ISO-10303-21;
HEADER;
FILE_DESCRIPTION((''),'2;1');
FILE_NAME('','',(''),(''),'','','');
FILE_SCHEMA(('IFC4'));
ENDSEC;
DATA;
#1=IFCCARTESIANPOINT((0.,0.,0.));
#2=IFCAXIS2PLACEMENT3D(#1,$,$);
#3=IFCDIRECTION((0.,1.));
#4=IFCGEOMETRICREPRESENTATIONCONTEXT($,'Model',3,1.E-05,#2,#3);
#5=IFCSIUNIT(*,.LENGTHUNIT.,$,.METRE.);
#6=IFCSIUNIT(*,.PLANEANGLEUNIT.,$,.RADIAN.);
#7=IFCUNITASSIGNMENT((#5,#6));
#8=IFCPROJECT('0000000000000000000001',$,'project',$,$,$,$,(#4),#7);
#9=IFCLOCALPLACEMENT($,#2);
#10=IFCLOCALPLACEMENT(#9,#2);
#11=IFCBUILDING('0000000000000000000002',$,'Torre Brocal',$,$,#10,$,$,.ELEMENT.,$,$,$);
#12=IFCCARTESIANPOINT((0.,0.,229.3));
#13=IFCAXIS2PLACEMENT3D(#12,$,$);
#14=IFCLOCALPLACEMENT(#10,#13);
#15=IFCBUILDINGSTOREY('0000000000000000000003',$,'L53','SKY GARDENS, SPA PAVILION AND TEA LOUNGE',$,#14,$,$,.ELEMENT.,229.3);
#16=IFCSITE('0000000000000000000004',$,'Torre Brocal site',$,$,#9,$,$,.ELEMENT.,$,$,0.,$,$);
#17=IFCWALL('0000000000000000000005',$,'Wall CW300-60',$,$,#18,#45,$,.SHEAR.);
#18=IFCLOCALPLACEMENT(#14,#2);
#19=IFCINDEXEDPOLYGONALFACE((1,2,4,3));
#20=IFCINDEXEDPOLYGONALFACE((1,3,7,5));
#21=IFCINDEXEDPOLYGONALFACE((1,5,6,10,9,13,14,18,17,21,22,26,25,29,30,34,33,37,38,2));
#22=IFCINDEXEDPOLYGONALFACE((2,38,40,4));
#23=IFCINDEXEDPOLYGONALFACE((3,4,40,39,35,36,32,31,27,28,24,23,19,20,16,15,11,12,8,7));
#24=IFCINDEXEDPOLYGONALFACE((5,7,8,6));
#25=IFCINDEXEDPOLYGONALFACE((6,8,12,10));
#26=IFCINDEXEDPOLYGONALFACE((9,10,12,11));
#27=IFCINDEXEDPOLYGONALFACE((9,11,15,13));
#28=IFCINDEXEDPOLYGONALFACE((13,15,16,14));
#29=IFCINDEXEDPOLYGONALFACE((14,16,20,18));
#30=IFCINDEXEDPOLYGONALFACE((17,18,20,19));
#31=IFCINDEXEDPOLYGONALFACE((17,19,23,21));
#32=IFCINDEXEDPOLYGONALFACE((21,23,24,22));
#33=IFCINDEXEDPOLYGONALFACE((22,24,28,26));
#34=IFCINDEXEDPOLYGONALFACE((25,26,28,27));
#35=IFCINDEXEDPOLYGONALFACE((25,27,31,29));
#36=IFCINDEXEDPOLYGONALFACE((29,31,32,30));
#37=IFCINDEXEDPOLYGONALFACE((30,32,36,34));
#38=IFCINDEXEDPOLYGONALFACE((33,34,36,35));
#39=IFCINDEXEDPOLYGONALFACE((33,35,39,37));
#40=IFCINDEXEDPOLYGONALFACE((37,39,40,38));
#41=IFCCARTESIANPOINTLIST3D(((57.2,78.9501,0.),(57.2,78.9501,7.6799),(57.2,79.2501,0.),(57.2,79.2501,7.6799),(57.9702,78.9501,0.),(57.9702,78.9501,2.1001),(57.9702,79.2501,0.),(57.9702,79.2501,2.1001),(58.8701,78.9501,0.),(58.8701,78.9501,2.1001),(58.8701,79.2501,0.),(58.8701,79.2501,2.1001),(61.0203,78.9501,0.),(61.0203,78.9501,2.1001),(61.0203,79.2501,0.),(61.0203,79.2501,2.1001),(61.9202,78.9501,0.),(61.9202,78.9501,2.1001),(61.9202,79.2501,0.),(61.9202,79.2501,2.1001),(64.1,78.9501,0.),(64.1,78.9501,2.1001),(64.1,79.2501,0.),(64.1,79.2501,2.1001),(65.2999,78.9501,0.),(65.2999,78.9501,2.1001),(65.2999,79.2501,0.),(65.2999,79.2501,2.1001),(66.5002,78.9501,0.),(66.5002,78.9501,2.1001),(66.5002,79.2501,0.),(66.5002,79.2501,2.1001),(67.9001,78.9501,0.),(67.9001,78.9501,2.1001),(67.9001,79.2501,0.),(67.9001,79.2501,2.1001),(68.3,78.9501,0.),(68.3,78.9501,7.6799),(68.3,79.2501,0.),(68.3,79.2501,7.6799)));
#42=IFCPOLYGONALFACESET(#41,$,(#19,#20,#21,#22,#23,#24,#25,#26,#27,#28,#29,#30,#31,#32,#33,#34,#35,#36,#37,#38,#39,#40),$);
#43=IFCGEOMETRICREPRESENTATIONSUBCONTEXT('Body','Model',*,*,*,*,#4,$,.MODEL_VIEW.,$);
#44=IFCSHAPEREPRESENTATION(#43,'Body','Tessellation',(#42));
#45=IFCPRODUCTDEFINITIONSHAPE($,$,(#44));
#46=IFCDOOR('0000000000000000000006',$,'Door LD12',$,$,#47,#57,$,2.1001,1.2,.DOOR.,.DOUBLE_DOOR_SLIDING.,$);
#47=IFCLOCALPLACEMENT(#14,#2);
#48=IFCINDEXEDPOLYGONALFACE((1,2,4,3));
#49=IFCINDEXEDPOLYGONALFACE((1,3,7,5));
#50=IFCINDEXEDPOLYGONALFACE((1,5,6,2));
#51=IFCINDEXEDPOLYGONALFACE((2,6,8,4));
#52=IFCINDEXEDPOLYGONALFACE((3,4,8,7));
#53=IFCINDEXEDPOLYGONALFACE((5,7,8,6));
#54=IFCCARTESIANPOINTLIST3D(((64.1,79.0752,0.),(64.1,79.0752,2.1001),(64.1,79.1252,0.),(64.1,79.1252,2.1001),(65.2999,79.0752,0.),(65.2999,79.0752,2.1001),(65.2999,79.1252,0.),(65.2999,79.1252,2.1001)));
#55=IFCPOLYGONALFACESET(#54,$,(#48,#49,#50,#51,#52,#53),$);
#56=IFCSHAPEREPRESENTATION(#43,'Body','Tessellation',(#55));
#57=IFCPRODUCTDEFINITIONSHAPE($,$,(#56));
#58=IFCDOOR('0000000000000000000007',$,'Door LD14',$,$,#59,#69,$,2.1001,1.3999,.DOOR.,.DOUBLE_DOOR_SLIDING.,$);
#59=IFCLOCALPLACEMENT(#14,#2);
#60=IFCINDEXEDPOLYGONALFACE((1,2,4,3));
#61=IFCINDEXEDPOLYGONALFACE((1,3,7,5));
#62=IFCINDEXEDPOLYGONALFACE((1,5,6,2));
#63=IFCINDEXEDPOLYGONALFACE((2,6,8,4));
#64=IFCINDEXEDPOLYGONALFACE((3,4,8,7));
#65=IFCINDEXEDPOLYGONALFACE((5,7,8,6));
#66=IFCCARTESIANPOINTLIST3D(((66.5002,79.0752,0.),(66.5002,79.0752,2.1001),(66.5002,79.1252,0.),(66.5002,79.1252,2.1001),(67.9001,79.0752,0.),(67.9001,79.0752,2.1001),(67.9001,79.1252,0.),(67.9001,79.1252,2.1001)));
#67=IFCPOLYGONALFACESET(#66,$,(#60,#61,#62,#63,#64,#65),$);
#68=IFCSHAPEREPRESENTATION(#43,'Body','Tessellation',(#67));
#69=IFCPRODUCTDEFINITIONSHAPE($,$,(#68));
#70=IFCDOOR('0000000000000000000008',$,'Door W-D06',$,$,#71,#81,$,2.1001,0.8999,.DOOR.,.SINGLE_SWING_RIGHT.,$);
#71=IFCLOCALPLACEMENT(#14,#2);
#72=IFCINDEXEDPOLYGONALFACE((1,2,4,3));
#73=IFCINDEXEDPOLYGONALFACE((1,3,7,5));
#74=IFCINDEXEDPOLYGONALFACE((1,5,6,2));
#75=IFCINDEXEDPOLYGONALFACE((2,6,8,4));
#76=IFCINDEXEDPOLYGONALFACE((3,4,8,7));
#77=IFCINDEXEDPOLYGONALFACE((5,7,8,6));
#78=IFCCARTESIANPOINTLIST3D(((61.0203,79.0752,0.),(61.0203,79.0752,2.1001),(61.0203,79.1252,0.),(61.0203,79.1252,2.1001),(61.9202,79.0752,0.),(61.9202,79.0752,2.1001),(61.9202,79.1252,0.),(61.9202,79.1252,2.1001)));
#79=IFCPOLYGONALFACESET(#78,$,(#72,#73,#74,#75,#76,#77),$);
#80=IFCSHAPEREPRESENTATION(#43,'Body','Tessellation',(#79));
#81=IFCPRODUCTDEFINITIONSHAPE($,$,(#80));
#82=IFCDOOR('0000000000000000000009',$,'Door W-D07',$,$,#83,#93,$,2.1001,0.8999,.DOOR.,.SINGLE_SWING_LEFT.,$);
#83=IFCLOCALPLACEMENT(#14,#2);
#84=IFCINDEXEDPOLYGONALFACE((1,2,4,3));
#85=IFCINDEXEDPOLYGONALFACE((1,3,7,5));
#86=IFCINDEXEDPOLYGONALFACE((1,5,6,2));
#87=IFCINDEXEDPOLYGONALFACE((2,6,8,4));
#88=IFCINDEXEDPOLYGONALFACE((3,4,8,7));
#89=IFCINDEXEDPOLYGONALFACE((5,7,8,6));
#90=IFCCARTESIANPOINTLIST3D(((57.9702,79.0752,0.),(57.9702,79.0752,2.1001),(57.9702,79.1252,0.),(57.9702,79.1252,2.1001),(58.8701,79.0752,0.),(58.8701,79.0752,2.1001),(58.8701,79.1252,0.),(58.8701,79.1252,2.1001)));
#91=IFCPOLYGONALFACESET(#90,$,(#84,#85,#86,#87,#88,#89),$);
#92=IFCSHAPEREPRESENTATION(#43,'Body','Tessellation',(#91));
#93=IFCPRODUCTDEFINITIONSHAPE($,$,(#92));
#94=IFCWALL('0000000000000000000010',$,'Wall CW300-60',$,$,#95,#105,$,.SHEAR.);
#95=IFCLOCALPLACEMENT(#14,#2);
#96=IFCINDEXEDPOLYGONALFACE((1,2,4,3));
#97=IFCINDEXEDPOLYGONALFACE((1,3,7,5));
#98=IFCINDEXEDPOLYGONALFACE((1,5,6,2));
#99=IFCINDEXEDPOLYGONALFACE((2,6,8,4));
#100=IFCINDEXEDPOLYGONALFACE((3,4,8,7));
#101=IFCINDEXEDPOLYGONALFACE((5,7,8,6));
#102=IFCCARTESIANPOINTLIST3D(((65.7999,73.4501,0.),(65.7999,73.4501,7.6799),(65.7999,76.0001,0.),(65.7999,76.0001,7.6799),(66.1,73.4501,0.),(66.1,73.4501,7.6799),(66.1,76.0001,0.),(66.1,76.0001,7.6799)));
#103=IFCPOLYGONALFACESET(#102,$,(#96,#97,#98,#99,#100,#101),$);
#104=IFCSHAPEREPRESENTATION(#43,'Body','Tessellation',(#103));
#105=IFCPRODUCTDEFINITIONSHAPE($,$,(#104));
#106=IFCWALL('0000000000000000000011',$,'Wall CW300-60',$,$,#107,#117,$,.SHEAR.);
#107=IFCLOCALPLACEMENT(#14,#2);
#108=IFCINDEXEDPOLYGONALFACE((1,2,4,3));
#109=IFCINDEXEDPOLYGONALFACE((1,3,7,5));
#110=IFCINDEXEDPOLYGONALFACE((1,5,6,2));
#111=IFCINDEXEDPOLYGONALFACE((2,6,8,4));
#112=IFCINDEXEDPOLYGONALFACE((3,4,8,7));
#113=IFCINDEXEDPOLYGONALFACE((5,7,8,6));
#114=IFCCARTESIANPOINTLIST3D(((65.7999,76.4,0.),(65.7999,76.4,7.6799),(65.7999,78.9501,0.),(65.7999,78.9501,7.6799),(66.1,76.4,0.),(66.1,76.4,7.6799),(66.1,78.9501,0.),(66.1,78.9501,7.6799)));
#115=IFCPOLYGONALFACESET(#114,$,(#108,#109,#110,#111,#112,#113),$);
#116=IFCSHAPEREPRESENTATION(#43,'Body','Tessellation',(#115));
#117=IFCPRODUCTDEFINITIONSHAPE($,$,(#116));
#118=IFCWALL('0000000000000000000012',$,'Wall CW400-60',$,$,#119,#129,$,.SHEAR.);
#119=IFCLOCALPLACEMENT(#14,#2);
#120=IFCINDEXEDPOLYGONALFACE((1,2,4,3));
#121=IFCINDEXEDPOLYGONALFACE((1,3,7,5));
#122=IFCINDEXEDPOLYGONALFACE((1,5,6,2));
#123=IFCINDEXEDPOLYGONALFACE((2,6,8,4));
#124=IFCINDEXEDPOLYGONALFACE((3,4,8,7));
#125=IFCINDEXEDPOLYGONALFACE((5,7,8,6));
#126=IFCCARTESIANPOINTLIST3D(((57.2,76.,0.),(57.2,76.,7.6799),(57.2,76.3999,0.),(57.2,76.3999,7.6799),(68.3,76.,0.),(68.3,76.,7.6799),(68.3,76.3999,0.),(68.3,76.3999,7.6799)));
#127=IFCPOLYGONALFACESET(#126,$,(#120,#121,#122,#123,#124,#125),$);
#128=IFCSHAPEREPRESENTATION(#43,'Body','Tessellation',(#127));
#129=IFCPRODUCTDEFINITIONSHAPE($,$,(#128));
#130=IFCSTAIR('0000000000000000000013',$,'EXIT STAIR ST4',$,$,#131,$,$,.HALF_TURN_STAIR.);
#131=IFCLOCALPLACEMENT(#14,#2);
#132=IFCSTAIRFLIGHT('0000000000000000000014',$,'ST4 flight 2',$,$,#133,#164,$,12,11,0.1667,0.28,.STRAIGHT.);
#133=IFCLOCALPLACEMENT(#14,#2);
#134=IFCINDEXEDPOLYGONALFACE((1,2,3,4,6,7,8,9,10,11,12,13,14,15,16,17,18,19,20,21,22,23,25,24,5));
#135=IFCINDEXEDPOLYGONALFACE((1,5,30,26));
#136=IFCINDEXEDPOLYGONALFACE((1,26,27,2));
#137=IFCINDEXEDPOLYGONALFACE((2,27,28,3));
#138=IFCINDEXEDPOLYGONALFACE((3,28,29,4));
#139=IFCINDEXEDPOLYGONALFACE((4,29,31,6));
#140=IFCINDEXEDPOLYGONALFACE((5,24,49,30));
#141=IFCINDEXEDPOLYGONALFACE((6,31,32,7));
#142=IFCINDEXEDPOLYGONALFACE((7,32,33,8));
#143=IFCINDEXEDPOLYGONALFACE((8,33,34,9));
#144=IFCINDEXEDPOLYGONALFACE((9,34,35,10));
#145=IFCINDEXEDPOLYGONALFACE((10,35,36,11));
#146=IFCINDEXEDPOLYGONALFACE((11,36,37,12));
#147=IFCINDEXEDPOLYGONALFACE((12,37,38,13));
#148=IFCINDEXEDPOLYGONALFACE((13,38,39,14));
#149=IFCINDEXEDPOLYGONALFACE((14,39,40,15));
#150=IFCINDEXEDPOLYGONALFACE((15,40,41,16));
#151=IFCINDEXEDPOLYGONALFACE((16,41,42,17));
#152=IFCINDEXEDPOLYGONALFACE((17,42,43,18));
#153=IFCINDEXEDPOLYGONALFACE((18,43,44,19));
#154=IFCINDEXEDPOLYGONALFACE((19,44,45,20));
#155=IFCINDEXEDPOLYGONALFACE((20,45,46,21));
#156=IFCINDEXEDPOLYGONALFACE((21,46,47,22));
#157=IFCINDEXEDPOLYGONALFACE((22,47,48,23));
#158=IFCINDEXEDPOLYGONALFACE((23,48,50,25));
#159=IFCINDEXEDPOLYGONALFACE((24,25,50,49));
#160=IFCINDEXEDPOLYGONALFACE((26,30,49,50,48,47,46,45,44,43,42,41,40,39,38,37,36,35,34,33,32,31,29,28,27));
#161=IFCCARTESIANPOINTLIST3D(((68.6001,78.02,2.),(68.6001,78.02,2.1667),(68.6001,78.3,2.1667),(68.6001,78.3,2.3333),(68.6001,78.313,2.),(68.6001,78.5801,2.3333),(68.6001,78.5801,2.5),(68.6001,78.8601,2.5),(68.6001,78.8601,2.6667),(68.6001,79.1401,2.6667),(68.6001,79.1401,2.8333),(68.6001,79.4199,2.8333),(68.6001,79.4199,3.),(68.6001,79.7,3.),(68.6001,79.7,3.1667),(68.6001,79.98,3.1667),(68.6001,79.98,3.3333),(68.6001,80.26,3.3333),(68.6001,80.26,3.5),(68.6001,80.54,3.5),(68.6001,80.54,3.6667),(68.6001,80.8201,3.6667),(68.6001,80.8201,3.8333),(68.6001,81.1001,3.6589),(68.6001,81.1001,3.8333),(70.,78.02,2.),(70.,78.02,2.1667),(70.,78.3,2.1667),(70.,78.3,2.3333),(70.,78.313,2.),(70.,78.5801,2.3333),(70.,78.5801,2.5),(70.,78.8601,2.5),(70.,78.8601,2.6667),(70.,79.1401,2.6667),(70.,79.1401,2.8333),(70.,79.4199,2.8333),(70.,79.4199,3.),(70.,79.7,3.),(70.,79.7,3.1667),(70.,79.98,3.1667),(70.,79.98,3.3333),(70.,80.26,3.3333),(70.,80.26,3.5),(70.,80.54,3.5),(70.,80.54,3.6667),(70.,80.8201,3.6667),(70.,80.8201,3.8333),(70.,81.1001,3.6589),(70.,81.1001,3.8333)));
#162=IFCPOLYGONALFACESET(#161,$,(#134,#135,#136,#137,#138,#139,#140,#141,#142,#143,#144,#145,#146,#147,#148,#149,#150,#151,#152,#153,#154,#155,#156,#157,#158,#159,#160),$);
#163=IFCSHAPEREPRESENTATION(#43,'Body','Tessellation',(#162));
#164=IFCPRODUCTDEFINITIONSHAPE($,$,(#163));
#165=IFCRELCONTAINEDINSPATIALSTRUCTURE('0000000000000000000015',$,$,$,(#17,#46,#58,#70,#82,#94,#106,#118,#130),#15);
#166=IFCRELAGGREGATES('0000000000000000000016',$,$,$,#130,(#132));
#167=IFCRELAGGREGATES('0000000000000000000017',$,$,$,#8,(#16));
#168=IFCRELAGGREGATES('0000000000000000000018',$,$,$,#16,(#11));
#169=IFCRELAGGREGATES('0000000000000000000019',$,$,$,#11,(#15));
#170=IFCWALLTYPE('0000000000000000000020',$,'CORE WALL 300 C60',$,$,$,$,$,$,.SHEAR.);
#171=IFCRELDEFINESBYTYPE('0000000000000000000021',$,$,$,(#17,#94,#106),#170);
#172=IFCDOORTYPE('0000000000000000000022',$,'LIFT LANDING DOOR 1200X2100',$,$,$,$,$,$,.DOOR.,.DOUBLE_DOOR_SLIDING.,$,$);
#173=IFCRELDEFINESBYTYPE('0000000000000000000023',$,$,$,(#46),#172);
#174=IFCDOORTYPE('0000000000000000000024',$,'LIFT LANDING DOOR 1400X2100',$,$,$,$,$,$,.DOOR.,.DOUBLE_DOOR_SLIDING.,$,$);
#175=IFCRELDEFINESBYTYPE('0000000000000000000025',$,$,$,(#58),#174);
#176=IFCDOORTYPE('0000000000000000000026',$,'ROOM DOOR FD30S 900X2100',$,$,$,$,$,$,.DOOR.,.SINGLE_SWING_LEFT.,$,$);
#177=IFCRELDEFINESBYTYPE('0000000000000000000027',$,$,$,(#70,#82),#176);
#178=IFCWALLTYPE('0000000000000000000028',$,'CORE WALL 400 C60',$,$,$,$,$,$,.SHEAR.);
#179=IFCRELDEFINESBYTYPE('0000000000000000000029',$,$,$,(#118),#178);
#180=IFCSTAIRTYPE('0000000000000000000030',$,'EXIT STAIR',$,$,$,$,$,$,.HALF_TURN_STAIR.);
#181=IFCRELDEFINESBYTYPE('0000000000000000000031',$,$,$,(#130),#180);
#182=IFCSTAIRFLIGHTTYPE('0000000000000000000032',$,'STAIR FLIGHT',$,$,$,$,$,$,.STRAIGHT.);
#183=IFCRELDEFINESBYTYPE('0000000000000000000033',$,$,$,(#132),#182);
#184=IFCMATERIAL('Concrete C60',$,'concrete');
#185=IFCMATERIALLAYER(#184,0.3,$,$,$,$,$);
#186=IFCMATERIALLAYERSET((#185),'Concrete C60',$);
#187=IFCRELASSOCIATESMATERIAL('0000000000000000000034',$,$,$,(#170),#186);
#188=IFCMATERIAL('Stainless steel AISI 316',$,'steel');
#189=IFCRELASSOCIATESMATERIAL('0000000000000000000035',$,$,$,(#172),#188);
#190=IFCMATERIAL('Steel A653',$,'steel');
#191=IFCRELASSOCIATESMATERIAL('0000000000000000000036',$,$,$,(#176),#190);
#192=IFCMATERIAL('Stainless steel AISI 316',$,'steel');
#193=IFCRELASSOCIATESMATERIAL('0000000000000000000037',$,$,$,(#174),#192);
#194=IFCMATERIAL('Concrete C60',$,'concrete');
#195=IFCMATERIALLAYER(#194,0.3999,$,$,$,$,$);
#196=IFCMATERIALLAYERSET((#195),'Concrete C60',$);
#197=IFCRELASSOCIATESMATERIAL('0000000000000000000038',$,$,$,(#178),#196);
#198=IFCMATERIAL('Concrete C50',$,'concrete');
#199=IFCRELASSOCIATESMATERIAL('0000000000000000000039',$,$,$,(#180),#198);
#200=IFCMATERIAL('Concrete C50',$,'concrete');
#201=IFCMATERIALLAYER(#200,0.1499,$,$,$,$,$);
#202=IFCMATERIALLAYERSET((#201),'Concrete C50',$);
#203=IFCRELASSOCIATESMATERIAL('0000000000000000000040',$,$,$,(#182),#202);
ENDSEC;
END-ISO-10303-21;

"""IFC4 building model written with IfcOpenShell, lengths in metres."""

from ifc_helpers import new_model, si_unit, direction, frame, frame_2d, origin, place, context, subcontext, project, spatial, polyline, rectangle, outline, extrude, material, layer, layer_set, type_object, element, fill, aggregate, save


model = new_model("IFC4")

# Units and contexts
model_context = context("Model", 3, precision=1e-05, world=origin(), true_north=direction((0.0, 1.0)))
body_context = subcontext(model_context, "Body", "Model", "MODEL_VIEW")
ifc_project = project(units=[si_unit("LENGTHUNIT", "METRE"), si_unit("PLANEANGLEUNIT", "RADIAN")], contexts=[model_context])

# Site, building, storey
site_placement = place(None, origin())
site = spatial("IfcSite", under=ifc_project, at=site_placement, Name="Torre Brocal site", CompositionType="ELEMENT", RefElevation=0.0)
building_placement = place(site_placement, origin())
building = spatial("IfcBuilding", under=site, at=building_placement, Name="Torre Brocal", CompositionType="ELEMENT")
storey_placement = place(building_placement, frame((0.0, 0.0, 229.3)))
storey = spatial("IfcBuildingStorey", under=building, at=storey_placement, Name="L53", Description="SKY GARDENS, SPA PAVILION AND TEA LOUNGE", CompositionType="ELEMENT", Elevation=229.3)

# Shared definitions
ifc_material_1 = material(Name="Concrete C60", Category="concrete")
ifc_layer_1 = layer(ifc_material_1, 0.3)
ifc_layer_set_1 = layer_set([ifc_layer_1], Name="Concrete C60")
wall_type_1 = type_object("IfcWallType", Name="CORE WALL 300 C60", PredefinedType="SHEAR", material=ifc_layer_set_1)

# Wall, openings, doors
ifc_material_2 = material(Name="Stainless steel AISI 316", Category="steel")
door_type_1 = type_object("IfcDoorType", Name="LIFT LANDING DOOR 1200X2100", OperationType="DOUBLE_DOOR_SLIDING", PredefinedType="DOOR", material=ifc_material_2)
ifc_material_3 = material(Name="Steel A653", Category="steel")
door_type_2 = type_object("IfcDoorType", Name="ROOM DOOR FD30S 900X2100", OperationType="SINGLE_SWING_LEFT", PredefinedType="DOOR", material=ifc_material_3)
wall_1_placement = place(storey_placement, frame((68.3, 79.1001, 0.0), z_axis=(0.0, 0.0, 1.0), x_axis=(-1.0, 0.0, 0.0)))
wall_1 = element("IfcWall", 1, at=wall_1_placement, inside=storey, type_object=wall_type_1, Name="Wall CW300-60", PredefinedType="SHEAR", context=body_context, shape_type="SweptSolid", body=[
    extrude(rectangle(XDim=11.1001, YDim=0.3, at=frame_2d((5.55, 0.0))), origin(), (0.0, 0.0, 1.0), 7.6799),
])
opening_1_placement = place(wall_1_placement, frame((0.3999, 0.0, 0.0)))
opening_1 = element("IfcOpeningElement", 2, at=opening_1_placement, cuts=wall_1, PredefinedType="OPENING", context=body_context, shape_type="SweptSolid", body=[
    extrude(rectangle(XDim=1.3999, YDim=2.1001, at=frame_2d((0.7, 1.05))), frame((0.0, 0.1599, 0.0), z_axis=(0.0, -1.0, 0.0), x_axis=(1.0, 0.0, 0.0)), (0.0, 0.0, 1.0), 0.3201),
])
opening_2_placement = place(wall_1_placement, frame((3.0, 0.0, 0.0)))
opening_2 = element("IfcOpeningElement", 3, at=opening_2_placement, cuts=wall_1, PredefinedType="OPENING", context=body_context, shape_type="SweptSolid", body=[
    extrude(rectangle(XDim=1.2, YDim=2.1001, at=frame_2d((0.6001, 1.05))), frame((0.0, 0.1599, 0.0), z_axis=(0.0, -1.0, 0.0), x_axis=(1.0, 0.0, 0.0)), (0.0, 0.0, 1.0), 0.3201),
])
opening_3_placement = place(wall_1_placement, frame((6.3799, 0.0, 0.0)))
opening_3 = element("IfcOpeningElement", 4, at=opening_3_placement, cuts=wall_1, PredefinedType="OPENING", context=body_context, shape_type="SweptSolid", body=[
    extrude(rectangle(XDim=0.8999, YDim=2.1001, at=frame_2d((0.45, 1.05))), frame((0.0, 0.1599, 0.0), z_axis=(0.0, -1.0, 0.0), x_axis=(1.0, 0.0, 0.0)), (0.0, 0.0, 1.0), 0.3201),
])
opening_4_placement = place(wall_1_placement, frame((9.4299, 0.0, 0.0)))
opening_4 = element("IfcOpeningElement", 5, at=opening_4_placement, cuts=wall_1, PredefinedType="OPENING", context=body_context, shape_type="SweptSolid", body=[
    extrude(rectangle(XDim=0.8999, YDim=2.1001, at=frame_2d((0.45, 1.05))), frame((0.0, 0.1599, 0.0), z_axis=(0.0, -1.0, 0.0), x_axis=(1.0, 0.0, 0.0)), (0.0, 0.0, 1.0), 0.3201),
])
door_1_placement = place(opening_2_placement, origin())
door_1 = element("IfcDoor", 6, at=door_1_placement, inside=storey, type_object=door_type_1, Name="Door LD12", OperationType="DOUBLE_DOOR_SLIDING", OverallHeight=2.1001, OverallWidth=1.2, PredefinedType="DOOR", context=body_context, shape_type="SweptSolid", body=[
    extrude(rectangle(XDim=1.2, YDim=2.1001, at=frame_2d((0.6001, 1.05))), frame((0.0, 0.0249, 0.0), z_axis=(0.0, -1.0, 0.0), x_axis=(1.0, 0.0, 0.0)), (0.0, 0.0, 1.0), 0.05),
])
fill(opening_2, door_1)
ifc_material_4 = material(Name="Stainless steel AISI 316", Category="steel")
door_type_3 = type_object("IfcDoorType", Name="LIFT LANDING DOOR 1400X2100", OperationType="DOUBLE_DOOR_SLIDING", PredefinedType="DOOR", material=ifc_material_4)
door_2_placement = place(opening_1_placement, origin())
door_2 = element("IfcDoor", 7, at=door_2_placement, inside=storey, type_object=door_type_3, Name="Door LD14", OperationType="DOUBLE_DOOR_SLIDING", OverallHeight=2.1001, OverallWidth=1.3999, PredefinedType="DOOR", context=body_context, shape_type="SweptSolid", body=[
    extrude(rectangle(XDim=1.3999, YDim=2.1001, at=frame_2d((0.7, 1.05))), frame((0.0, 0.0249, 0.0), z_axis=(0.0, -1.0, 0.0), x_axis=(1.0, 0.0, 0.0)), (0.0, 0.0, 1.0), 0.05),
])
fill(opening_1, door_2)
door_3_placement = place(opening_3_placement, origin())
door_3 = element("IfcDoor", 8, at=door_3_placement, inside=storey, type_object=door_type_2, Name="Door W-D06", OperationType="SINGLE_SWING_RIGHT", OverallHeight=2.1001, OverallWidth=0.8999, PredefinedType="DOOR", context=body_context, shape_type="SweptSolid", body=[
    extrude(rectangle(XDim=0.8999, YDim=2.1001, at=frame_2d((0.45, 1.05))), frame((0.0, 0.0249, 0.0), z_axis=(0.0, -1.0, 0.0), x_axis=(1.0, 0.0, 0.0)), (0.0, 0.0, 1.0), 0.05),
])
fill(opening_3, door_3)
door_4_placement = place(opening_4_placement, origin())
door_4 = element("IfcDoor", 9, at=door_4_placement, inside=storey, type_object=door_type_2, Name="Door W-D07", OperationType="SINGLE_SWING_LEFT", OverallHeight=2.1001, OverallWidth=0.8999, PredefinedType="DOOR", context=body_context, shape_type="SweptSolid", body=[
    extrude(rectangle(XDim=0.8999, YDim=2.1001, at=frame_2d((0.45, 1.05))), frame((0.0, 0.0249, 0.0), z_axis=(0.0, -1.0, 0.0), x_axis=(1.0, 0.0, 0.0)), (0.0, 0.0, 1.0), 0.05),
])
fill(opening_4, door_4)

# Walls
for number, where, z_axis, x_axis, name in (
    (10, (65.95, 76.0, 0.0), (0.0, 0.0, 1.0), (0.0, -1.0, 0.0), "Wall CW300-60"),
    (11, (65.95, 78.95, 0.0), (0.0, 0.0, 1.0), (0.0, -1.0, 0.0), "Wall CW300-60"),
):
    element("IfcWall", number, at=place(storey_placement, frame(where, z_axis=z_axis, x_axis=x_axis)), inside=storey, type_object=wall_type_1, Name=name, PredefinedType="SHEAR", context=body_context, shape_type="SweptSolid", body=[
        extrude(rectangle(XDim=2.55, YDim=0.3, at=frame_2d((1.2749, 0.0))), origin(), (0.0, 0.0, 1.0), 7.6799),
    ])
ifc_material_5 = material(Name="Concrete C60", Category="concrete")
ifc_layer_2 = layer(ifc_material_5, 0.3999)
ifc_layer_set_2 = layer_set([ifc_layer_2], Name="Concrete C60")
wall_type_2 = type_object("IfcWallType", Name="CORE WALL 400 C60", PredefinedType="SHEAR", material=ifc_layer_set_2)
wall_2_placement = place(storey_placement, frame((68.3, 76.2, 0.0), z_axis=(0.0, 0.0, 1.0), x_axis=(-1.0, 0.0, 0.0)))
element("IfcWall", 12, at=wall_2_placement, inside=storey, type_object=wall_type_2, Name="Wall CW400-60", PredefinedType="SHEAR", context=body_context, shape_type="SweptSolid", body=[
    extrude(rectangle(XDim=11.1001, YDim=0.3999, at=frame_2d((5.55, 0.0))), origin(), (0.0, 0.0, 1.0), 7.6799),
])

# Stair, stair flight
ifc_material_6 = material(Name="Concrete C50", Category="concrete")
stair_type = type_object("IfcStairType", Name="EXIT STAIR", PredefinedType="HALF_TURN_STAIR", material=ifc_material_6)
stair_placement = place(storey_placement, origin())
stair = element("IfcStair", 13, at=stair_placement, inside=storey, type_object=stair_type, Name="EXIT STAIR ST4", PredefinedType="HALF_TURN_STAIR")
ifc_material_7 = material(Name="Concrete C50", Category="concrete")
ifc_layer_3 = layer(ifc_material_7, 0.1499)
ifc_layer_set_3 = layer_set([ifc_layer_3], Name="Concrete C50")
stair_flight_type = type_object("IfcStairFlightType", Name="STAIR FLIGHT", PredefinedType="STRAIGHT", material=ifc_layer_set_3)
stair_flight_1_placement = place(storey_placement, frame((69.3, 78.02, 2.0), z_axis=(0.0, 0.0, 1.0), x_axis=(0.0, 1.0, 0.0)))
stair_flight_1 = element("IfcStairFlight", 14, at=stair_flight_1_placement, type_object=stair_flight_type, Name="ST4 flight 2", NumberOfRisers=12, NumberOfTreads=11, PredefinedType="STRAIGHT", RiserHeight=0.1667, TreadLength=0.28, context=body_context, shape_type="SweptSolid", body=[
    extrude(outline(polyline([(0.0, 0.0), (0.0, 0.1667), (0.28, 0.1667), (0.28, 0.3333), (0.5601, 0.3333), (0.5601, 0.5), (0.8401, 0.5), (0.8401, 0.6667), (1.1201, 0.6667), (1.1201, 0.8333), (1.3999, 0.8333), (1.3999, 1.0), (1.6799, 1.0), (1.6799, 1.1667), (1.96, 1.1667), (1.96, 1.3333), (2.24, 1.3333), (2.24, 1.5), (2.52, 1.5), (2.52, 1.6667), (2.8, 1.6667), (2.8, 1.8333), (3.0801, 1.8333), (3.0801, 2.0), (3.0801, 1.6589), (0.293, 0.0), (0.0, 0.0)])), frame((0.0, 0.7, 0.0), z_axis=(0.0, -1.0, 0.0), x_axis=(1.0, 0.0, 0.0)), (0.0, 0.0, 1.0), 1.3999),
])
aggregate(stair, [stair_flight_1])

save(model, "model.ifc")
